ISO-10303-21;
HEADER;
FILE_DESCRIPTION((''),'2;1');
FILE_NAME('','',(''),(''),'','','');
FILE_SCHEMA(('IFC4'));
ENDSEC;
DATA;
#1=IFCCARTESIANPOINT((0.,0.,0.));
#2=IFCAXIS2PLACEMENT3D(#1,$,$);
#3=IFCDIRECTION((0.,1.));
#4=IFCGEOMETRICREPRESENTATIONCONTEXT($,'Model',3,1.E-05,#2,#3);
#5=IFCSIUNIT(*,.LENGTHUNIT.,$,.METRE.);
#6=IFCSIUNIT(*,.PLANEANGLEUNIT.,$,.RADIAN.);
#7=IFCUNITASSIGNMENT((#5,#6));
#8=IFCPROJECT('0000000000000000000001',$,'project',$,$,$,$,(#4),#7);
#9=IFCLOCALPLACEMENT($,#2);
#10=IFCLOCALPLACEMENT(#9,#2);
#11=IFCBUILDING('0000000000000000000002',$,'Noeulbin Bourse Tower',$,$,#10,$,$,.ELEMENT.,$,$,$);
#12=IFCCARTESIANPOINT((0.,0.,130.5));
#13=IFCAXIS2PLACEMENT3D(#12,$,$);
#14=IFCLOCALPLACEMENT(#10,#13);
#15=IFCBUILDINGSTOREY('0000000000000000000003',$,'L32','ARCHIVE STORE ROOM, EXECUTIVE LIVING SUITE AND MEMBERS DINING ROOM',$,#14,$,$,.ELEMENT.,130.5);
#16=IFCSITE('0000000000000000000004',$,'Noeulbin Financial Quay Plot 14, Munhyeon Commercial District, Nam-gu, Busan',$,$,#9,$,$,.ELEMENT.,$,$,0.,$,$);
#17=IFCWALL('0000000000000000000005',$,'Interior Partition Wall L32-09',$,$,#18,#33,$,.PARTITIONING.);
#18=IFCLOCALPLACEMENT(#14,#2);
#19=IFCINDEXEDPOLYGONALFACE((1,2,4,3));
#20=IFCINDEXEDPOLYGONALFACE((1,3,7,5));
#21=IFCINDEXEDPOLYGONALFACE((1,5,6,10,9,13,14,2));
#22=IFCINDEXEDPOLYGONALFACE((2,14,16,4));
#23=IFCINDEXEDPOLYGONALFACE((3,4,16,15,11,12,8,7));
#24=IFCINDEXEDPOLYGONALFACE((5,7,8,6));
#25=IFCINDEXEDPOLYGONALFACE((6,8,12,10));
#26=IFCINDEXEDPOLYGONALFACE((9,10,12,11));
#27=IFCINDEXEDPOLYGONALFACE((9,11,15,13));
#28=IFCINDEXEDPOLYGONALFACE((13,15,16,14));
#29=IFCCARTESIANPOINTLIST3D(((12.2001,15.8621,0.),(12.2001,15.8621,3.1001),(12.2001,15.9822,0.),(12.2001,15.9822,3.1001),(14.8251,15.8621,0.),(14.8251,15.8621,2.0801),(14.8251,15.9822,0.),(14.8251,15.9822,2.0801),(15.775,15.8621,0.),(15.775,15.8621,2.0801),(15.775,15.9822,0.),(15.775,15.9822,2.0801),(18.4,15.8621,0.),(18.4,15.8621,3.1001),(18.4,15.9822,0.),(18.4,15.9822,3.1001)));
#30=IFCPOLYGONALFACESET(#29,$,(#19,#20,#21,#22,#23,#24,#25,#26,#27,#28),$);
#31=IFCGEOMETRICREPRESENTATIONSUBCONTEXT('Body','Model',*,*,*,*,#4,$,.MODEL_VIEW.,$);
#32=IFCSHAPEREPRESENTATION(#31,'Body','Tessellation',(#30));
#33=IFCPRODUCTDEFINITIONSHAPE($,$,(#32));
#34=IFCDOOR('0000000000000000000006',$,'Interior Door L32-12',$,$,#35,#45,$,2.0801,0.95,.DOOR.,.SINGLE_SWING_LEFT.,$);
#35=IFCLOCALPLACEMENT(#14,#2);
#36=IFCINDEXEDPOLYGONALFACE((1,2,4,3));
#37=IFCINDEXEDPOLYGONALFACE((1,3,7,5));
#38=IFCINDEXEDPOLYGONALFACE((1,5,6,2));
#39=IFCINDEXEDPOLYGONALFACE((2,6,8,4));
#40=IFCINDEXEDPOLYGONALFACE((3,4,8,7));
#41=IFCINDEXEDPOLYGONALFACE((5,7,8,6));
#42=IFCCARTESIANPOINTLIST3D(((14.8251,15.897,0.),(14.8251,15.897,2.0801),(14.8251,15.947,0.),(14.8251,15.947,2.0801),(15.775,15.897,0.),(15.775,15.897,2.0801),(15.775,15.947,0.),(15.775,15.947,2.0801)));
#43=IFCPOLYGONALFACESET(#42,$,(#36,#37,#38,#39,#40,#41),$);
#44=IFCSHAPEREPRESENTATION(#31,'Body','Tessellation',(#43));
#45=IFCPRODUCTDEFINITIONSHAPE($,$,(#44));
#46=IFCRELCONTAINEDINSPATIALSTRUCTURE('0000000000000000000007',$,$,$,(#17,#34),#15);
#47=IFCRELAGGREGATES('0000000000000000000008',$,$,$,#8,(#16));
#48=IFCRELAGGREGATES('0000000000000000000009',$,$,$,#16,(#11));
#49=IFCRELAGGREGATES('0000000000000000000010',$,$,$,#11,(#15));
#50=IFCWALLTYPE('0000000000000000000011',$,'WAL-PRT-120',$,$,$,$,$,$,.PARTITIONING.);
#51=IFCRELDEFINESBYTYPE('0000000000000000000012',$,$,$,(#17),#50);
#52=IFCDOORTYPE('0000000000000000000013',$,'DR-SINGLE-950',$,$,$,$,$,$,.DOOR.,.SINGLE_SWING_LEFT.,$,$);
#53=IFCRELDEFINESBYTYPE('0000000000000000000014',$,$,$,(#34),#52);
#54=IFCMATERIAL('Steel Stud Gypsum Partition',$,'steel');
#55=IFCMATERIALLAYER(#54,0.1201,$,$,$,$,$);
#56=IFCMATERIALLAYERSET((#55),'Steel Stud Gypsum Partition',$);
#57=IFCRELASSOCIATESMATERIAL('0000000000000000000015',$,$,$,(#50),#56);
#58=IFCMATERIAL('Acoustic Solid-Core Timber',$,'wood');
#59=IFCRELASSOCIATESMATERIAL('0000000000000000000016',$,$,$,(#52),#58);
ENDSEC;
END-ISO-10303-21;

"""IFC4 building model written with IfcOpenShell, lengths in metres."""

from ifc_helpers import new_model, si_unit, direction, frame, frame_2d, origin, place, context, subcontext, project, spatial, rectangle, extrude, material, layer, layer_set, type_object, element, fill, save


model = new_model("IFC4")

# Units and contexts
model_context = context("Model", 3, precision=1e-05, world=origin(), true_north=direction((0.0, 1.0)))
body_context = subcontext(model_context, "Body", "Model", "MODEL_VIEW")
ifc_project = project(units=[si_unit("LENGTHUNIT", "METRE"), si_unit("PLANEANGLEUNIT", "RADIAN")], contexts=[model_context])

# Site, building, storey
site_placement = place(None, origin())
site = spatial("IfcSite", under=ifc_project, at=site_placement, Name="Noeulbin Financial Quay Plot 14, Munhyeon Commercial District, Nam-gu, Busan", CompositionType="ELEMENT", RefElevation=0.0)
building_placement = place(site_placement, origin())
building = spatial("IfcBuilding", under=site, at=building_placement, Name="Noeulbin Bourse Tower", CompositionType="ELEMENT")
storey_placement = place(building_placement, frame((0.0, 0.0, 130.5)))
storey = spatial("IfcBuildingStorey", under=building, at=storey_placement, Name="L32", Description="ARCHIVE STORE ROOM, EXECUTIVE LIVING SUITE AND MEMBERS DINING ROOM", CompositionType="ELEMENT", Elevation=130.5)

# Wall, opening, door
ifc_material_1 = material(Name="Steel Stud Gypsum Partition", Category="steel")
ifc_layer_1 = layer(ifc_material_1, 0.1201)
ifc_layer_set_1 = layer_set([ifc_layer_1], Name="Steel Stud Gypsum Partition")
wall_type_1 = type_object("IfcWallType", Name="WAL-PRT-120", PredefinedType="PARTITIONING", material=ifc_layer_set_1)
ifc_material_2 = material(Name="Acoustic Solid-Core Timber", Category="wood")
door_type = type_object("IfcDoorType", Name="DR-SINGLE-950", OperationType="SINGLE_SWING_LEFT", PredefinedType="DOOR", material=ifc_material_2)
wall_1_placement = place(storey_placement, frame((12.2, 15.9221, 0.0), z_axis=(0.0, 0.0, 1.0), x_axis=(1.0, 0.0, 0.0)))
wall_1 = element("IfcWall", 1, at=wall_1_placement, inside=storey, type_object=wall_type_1, Name="Interior Partition Wall L32-09", PredefinedType="PARTITIONING", context=body_context, shape_type="SweptSolid", body=[
    extrude(rectangle(XDim=6.2, YDim=0.1201, at=frame_2d((3.1001, 0.0))), origin(), (0.0, 0.0, 1.0), 3.1001),
])
opening_1_placement = place(wall_1_placement, frame((2.625, 0.0, 0.0)))
opening_1 = element("IfcOpeningElement", 2, at=opening_1_placement, cuts=wall_1, PredefinedType="OPENING", context=body_context, shape_type="SweptSolid", body=[
    extrude(rectangle(XDim=0.95, YDim=2.0801, at=frame_2d((0.4751, 1.04))), frame((0.0, 0.0701, 0.0), z_axis=(0.0, -1.0, 0.0), x_axis=(1.0, 0.0, 0.0)), (0.0, 0.0, 1.0), 0.1401),
])
door_1_placement = place(opening_1_placement, origin())
door_1 = element("IfcDoor", 3, at=door_1_placement, inside=storey, type_object=door_type, Name="Interior Door L32-12", OperationType="SINGLE_SWING_LEFT", OverallHeight=2.0801, OverallWidth=0.95, PredefinedType="DOOR", context=body_context, shape_type="SweptSolid", body=[
    extrude(rectangle(XDim=0.95, YDim=2.0801, at=frame_2d((0.4751, 1.04))), frame((0.0, 0.0249, 0.0), z_axis=(0.0, -1.0, 0.0), x_axis=(1.0, 0.0, 0.0)), (0.0, 0.0, 1.0), 0.05),
])
fill(opening_1, door_1)

save(model, "model.ifc")
